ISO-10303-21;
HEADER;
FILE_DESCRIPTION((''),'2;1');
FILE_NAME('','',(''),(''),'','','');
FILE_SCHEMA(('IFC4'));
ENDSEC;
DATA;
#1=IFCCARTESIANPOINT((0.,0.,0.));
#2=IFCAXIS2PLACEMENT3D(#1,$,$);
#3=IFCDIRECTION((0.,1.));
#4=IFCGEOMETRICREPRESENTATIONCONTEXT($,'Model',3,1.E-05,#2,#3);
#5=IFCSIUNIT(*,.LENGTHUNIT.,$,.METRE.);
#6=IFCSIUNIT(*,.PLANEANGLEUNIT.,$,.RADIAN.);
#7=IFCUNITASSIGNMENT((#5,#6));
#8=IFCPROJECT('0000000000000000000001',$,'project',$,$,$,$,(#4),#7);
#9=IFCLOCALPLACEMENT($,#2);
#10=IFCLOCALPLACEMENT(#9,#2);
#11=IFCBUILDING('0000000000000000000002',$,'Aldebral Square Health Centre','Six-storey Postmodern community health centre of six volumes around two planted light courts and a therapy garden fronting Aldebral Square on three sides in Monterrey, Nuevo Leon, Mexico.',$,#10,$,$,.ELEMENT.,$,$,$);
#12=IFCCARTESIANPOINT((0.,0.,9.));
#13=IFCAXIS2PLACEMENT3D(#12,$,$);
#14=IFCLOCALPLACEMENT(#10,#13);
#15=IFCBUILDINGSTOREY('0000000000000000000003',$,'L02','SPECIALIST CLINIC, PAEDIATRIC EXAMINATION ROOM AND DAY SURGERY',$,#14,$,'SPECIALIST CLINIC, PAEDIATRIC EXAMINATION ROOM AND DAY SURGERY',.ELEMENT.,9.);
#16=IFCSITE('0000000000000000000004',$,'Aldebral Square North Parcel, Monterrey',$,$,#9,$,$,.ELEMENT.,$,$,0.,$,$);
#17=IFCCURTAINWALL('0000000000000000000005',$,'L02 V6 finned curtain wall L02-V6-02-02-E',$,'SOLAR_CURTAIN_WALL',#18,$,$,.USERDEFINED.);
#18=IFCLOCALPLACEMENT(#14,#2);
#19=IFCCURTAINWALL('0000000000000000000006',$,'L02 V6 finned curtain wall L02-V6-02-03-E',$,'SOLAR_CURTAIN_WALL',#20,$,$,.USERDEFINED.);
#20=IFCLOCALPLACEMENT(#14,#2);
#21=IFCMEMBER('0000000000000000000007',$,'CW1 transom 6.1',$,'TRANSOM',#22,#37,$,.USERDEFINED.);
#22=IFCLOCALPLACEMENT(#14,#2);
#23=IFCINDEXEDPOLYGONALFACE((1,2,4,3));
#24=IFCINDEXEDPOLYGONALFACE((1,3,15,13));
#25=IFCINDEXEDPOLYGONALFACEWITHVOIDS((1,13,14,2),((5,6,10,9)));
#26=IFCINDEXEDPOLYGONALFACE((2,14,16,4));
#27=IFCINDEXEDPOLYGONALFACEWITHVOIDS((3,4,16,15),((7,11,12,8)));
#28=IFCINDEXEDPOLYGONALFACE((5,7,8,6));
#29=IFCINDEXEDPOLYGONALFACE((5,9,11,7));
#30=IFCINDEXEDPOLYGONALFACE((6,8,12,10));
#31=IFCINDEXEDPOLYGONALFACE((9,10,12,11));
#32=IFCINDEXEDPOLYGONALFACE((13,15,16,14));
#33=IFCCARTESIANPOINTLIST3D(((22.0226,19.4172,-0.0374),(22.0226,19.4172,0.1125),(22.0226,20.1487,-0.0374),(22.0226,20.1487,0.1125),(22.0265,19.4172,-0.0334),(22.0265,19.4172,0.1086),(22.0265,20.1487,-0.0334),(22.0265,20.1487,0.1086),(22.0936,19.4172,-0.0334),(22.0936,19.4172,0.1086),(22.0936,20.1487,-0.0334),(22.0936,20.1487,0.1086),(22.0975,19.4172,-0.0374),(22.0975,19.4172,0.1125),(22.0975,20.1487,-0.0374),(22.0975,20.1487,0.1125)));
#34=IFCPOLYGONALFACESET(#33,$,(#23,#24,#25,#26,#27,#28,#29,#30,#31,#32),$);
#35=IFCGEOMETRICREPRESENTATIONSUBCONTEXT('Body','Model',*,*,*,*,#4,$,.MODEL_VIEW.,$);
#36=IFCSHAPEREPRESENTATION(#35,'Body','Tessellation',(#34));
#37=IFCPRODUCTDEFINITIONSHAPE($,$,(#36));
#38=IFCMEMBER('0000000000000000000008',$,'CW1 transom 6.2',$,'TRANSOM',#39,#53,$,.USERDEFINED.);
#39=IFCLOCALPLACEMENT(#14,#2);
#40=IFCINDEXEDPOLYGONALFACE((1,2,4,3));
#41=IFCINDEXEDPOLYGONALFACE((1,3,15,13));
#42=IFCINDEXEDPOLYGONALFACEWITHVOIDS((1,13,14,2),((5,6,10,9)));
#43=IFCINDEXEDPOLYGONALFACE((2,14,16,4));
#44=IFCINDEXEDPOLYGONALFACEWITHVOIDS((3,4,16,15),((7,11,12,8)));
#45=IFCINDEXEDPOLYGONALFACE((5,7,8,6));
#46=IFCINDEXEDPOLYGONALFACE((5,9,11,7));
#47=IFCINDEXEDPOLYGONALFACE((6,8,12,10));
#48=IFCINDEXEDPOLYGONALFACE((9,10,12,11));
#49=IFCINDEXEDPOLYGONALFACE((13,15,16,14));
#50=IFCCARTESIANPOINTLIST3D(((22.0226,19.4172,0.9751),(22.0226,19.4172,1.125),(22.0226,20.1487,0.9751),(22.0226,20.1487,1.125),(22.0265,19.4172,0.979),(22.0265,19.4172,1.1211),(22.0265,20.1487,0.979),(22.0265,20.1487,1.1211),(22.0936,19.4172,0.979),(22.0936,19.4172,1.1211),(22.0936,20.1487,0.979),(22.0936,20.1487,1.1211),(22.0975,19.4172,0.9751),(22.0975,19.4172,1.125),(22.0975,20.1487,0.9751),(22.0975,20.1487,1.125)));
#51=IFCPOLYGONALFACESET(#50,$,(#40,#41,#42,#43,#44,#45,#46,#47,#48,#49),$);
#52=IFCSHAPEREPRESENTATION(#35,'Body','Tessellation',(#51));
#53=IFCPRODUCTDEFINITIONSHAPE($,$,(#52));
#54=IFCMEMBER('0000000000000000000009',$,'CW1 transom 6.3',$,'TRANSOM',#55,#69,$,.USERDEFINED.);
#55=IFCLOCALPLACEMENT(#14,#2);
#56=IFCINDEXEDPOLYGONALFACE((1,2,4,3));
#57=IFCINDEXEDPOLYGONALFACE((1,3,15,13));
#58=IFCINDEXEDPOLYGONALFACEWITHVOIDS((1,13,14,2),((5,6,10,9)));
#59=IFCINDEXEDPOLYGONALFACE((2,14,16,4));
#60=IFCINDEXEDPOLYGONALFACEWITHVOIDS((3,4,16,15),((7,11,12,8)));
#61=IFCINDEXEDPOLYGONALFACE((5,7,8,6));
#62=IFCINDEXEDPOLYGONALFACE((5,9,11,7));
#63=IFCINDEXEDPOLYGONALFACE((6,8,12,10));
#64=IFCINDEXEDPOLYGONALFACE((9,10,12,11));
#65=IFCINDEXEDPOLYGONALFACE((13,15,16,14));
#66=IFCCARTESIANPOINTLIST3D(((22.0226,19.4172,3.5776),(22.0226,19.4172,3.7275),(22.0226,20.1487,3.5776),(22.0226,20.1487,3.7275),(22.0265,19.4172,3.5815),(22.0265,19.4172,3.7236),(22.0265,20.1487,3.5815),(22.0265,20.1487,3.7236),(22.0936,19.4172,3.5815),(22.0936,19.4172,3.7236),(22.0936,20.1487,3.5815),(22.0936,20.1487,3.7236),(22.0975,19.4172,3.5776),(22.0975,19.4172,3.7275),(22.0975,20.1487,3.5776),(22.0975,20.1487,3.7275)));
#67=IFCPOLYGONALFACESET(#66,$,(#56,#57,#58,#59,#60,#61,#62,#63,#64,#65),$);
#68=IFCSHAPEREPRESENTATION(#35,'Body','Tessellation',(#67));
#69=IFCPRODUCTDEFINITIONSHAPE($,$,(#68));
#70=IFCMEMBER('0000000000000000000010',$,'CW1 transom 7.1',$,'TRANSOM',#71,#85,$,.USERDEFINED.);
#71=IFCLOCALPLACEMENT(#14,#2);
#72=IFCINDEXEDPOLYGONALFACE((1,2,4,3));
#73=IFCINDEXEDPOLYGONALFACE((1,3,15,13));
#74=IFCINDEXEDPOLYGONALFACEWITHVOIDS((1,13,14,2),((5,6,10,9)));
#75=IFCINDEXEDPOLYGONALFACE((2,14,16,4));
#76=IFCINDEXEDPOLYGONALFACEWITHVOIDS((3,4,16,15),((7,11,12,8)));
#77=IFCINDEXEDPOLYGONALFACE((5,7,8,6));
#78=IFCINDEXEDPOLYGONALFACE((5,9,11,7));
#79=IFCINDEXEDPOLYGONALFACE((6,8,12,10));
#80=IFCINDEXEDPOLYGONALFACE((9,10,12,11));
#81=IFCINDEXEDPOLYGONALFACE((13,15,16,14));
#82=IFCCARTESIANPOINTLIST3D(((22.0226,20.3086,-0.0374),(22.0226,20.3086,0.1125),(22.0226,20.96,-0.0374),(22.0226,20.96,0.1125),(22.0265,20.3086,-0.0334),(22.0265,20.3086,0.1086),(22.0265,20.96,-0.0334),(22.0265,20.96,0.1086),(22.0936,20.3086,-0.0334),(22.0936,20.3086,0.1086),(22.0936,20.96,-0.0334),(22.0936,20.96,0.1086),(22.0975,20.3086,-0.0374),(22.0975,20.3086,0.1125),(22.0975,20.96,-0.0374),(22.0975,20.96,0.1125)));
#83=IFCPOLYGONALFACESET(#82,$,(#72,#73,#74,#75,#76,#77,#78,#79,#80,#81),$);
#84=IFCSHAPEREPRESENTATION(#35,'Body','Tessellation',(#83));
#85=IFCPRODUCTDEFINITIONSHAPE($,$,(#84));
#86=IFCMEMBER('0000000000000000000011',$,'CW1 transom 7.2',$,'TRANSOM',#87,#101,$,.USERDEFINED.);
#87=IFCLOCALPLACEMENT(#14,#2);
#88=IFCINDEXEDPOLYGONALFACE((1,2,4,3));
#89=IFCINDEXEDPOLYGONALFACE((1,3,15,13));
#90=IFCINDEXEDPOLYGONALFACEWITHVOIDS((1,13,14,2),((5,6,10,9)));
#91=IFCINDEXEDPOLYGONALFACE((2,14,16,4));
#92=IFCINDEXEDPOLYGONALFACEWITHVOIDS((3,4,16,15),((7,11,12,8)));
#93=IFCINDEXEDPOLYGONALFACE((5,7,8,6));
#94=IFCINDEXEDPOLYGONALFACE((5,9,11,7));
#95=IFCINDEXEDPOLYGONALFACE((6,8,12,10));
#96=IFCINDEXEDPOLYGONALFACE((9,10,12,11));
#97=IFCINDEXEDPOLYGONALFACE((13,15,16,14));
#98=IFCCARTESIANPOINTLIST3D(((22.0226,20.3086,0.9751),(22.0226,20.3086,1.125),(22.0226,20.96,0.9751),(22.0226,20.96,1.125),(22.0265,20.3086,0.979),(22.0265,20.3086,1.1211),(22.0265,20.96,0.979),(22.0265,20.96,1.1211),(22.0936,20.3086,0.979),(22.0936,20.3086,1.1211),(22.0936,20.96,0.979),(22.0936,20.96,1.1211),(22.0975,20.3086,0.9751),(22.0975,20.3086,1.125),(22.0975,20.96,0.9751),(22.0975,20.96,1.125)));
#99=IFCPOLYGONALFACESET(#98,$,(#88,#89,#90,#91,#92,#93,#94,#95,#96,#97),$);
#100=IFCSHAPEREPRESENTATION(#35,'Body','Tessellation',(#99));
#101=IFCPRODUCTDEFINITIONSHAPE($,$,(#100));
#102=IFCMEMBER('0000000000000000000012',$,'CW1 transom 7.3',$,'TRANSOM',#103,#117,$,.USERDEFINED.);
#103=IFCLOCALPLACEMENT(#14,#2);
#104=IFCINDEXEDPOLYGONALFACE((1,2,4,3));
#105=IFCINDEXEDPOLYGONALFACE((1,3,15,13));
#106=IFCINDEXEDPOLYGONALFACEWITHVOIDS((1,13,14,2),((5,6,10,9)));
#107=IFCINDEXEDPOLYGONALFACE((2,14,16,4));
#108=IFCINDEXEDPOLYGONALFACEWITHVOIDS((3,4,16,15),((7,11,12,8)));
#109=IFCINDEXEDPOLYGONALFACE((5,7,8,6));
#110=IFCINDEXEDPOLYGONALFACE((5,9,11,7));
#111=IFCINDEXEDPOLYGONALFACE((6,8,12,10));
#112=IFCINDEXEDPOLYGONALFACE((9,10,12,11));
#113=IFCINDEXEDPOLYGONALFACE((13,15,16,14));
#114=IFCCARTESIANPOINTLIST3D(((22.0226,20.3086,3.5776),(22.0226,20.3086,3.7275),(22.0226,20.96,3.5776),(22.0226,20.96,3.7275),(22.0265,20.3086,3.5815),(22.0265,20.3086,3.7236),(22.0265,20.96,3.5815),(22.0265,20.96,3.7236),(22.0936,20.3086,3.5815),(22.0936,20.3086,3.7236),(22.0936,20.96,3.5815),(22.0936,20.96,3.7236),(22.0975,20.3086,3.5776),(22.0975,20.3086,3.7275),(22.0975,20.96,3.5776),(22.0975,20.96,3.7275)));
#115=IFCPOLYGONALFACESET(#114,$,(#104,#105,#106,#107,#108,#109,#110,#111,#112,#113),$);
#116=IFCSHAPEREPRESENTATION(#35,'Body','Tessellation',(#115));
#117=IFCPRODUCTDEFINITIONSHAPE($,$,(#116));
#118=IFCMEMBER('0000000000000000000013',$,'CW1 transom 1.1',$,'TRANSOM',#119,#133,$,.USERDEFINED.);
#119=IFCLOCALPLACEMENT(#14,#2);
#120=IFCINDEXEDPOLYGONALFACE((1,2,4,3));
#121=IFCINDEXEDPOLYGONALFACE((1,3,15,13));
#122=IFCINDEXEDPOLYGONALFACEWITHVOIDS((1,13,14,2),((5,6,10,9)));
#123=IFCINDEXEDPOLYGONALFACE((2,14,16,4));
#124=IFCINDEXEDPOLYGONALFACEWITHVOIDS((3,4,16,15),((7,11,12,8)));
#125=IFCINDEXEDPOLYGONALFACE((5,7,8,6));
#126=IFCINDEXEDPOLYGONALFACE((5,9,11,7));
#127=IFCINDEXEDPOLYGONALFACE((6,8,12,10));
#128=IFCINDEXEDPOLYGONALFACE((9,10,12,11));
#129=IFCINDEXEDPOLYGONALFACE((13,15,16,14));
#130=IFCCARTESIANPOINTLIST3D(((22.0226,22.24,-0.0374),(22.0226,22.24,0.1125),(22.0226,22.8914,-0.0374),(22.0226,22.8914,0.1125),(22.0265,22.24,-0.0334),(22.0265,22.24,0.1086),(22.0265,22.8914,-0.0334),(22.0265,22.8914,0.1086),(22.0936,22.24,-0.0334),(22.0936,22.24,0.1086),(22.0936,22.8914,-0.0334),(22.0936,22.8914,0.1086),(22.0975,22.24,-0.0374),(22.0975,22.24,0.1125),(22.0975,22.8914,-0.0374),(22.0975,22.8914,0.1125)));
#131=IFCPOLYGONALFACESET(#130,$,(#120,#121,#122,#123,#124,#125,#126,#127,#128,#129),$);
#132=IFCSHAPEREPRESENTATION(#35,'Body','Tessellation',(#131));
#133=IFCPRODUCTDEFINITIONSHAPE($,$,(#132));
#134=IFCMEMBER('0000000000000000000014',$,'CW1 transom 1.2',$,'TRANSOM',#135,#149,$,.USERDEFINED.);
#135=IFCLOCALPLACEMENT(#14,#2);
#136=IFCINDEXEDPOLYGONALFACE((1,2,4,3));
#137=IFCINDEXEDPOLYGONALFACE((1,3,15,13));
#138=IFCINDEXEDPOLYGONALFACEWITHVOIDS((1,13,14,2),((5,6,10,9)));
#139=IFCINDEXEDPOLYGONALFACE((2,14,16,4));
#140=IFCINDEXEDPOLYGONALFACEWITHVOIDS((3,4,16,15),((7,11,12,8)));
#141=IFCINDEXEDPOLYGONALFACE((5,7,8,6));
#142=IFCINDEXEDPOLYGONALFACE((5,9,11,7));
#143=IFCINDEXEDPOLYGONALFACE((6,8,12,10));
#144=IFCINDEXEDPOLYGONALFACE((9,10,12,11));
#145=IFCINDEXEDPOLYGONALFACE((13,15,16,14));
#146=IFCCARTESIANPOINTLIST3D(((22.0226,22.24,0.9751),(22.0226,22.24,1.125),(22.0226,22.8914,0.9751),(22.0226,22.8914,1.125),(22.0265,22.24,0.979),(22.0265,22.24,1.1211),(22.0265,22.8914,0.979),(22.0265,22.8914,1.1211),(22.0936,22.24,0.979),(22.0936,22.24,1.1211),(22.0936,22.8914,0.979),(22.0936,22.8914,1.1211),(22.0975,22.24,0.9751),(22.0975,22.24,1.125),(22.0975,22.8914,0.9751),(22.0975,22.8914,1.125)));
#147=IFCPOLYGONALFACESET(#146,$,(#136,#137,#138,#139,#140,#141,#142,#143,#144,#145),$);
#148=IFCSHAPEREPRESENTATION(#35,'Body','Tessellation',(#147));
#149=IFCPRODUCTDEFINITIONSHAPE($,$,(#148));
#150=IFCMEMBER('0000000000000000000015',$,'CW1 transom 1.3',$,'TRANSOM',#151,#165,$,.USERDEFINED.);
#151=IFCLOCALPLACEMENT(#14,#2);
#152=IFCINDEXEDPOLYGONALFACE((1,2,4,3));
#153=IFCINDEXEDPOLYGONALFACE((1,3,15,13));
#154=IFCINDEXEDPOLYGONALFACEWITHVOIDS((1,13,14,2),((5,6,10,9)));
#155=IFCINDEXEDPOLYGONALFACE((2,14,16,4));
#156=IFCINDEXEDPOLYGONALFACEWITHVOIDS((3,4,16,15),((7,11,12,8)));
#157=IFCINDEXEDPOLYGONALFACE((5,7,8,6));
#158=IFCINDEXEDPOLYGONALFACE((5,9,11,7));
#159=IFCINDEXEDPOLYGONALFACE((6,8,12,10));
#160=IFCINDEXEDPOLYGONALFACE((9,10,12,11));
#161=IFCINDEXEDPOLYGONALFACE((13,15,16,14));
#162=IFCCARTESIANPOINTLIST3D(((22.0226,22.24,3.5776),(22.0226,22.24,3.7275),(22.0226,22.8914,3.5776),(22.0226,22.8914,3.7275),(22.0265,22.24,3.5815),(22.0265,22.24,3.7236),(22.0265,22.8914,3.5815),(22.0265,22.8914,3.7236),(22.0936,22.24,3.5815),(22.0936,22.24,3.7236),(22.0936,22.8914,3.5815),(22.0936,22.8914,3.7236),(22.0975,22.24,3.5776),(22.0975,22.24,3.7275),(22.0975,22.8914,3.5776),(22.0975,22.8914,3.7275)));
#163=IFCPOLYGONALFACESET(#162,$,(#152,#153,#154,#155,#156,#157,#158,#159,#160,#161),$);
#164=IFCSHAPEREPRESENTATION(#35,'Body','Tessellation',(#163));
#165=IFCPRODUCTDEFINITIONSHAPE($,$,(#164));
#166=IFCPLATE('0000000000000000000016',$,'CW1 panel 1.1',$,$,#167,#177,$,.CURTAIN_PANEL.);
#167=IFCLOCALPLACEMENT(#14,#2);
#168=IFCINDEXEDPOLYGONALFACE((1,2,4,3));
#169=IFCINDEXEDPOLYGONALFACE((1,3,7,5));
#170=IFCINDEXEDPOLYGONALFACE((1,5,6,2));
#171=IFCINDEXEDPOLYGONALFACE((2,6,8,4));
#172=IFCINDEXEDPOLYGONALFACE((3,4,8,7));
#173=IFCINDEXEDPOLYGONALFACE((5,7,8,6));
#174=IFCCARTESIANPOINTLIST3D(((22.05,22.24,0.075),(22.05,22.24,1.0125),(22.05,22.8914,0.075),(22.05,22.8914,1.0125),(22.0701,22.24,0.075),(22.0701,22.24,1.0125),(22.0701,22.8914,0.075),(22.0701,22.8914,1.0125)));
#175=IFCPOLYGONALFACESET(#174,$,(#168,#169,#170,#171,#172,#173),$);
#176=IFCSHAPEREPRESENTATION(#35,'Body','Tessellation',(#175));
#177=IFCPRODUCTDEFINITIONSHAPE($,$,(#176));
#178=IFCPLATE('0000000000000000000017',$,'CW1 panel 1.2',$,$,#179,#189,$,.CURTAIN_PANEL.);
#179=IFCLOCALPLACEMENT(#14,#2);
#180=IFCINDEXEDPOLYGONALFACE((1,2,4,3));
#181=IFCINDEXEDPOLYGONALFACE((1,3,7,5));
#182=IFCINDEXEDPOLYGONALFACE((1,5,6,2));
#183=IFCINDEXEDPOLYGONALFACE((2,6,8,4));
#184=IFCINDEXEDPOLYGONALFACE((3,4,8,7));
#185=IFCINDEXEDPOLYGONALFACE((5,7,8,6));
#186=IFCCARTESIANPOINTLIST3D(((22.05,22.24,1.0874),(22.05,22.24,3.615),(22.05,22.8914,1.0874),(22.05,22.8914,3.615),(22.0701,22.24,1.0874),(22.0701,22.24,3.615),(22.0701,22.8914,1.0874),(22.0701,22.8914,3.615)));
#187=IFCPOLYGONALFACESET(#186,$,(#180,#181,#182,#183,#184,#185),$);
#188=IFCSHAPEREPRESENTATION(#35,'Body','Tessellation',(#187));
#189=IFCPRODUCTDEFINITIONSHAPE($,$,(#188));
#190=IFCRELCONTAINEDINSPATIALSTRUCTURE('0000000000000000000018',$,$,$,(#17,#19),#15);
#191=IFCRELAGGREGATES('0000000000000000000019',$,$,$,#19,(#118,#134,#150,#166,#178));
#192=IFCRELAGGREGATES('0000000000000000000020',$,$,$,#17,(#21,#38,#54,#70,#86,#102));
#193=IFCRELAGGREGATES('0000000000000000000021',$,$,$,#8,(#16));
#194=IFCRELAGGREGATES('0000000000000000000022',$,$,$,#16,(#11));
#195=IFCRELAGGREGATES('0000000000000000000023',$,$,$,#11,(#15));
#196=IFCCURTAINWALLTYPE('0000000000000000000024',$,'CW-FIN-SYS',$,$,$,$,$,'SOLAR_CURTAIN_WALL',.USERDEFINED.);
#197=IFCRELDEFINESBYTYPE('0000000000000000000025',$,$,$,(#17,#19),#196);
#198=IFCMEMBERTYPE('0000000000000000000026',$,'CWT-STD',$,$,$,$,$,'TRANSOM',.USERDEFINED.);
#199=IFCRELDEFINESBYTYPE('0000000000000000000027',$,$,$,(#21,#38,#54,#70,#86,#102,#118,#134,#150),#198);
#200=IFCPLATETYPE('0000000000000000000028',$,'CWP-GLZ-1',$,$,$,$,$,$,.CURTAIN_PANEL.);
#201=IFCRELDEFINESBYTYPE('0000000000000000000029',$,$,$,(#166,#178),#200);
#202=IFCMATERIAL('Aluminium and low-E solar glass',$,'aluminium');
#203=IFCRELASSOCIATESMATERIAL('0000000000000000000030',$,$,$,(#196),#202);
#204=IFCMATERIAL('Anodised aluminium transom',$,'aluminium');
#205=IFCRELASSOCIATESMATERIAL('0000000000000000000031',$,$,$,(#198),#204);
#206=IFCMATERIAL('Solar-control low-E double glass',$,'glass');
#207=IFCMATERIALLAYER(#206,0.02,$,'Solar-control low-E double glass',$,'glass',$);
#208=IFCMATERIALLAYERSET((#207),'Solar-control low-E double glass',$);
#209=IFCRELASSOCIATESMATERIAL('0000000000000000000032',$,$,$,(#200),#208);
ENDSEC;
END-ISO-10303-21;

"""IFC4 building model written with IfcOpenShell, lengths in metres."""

from ifc_helpers import new_model, si_unit, direction, frame, origin, origin_2d, place, context, subcontext, project, spatial, rectangle, hollow_rectangle, extrude, material, layer, layer_set, material_profile, profile_set, type_object, element, aggregate, save


model = new_model("IFC4")

# Units and contexts
model_context = context("Model", 3, precision=1e-05, world=origin(), true_north=direction((0.0, 1.0)))
body_context = subcontext(model_context, "Body", "Model", "MODEL_VIEW")
ifc_project = project(units=[si_unit("LENGTHUNIT", "METRE"), si_unit("PLANEANGLEUNIT", "RADIAN")], contexts=[model_context])

# Site, building, storey
site_placement = place(None, origin())
site = spatial("IfcSite", under=ifc_project, at=site_placement, Name="Aldebral Square North Parcel, Monterrey", CompositionType="ELEMENT", RefElevation=0.0)
building_placement = place(site_placement, origin())
building = spatial("IfcBuilding", under=site, at=building_placement, Name="Aldebral Square Health Centre", Description="Six-storey Postmodern community health centre of six volumes around two planted light courts and a therapy garden fronting Aldebral Square on three sides in Monterrey, Nuevo Leon, Mexico.", CompositionType="ELEMENT")
storey_placement = place(building_placement, frame((0.0, 0.0, 9.0)))
storey = spatial("IfcBuildingStorey", under=building, at=storey_placement, Name="L02", Description="SPECIALIST CLINIC, PAEDIATRIC EXAMINATION ROOM AND DAY SURGERY", LongName="SPECIALIST CLINIC, PAEDIATRIC EXAMINATION ROOM AND DAY SURGERY", CompositionType="ELEMENT", Elevation=9.0)

# Curtain walls
ifc_material_1 = material(Name="Aluminium and low-E solar glass", Category="aluminium")
curtain_wall_type = type_object("IfcCurtainWallType", Name="CW-FIN-SYS", ElementType="SOLAR_CURTAIN_WALL", PredefinedType="USERDEFINED", material=ifc_material_1)
curtain_wall_1_placement = place(storey_placement, origin())
curtain_wall_1 = element("IfcCurtainWall", 1, at=curtain_wall_1_placement, inside=storey, type_object=curtain_wall_type, Name="L02 V6 finned curtain wall L02-V6-02-02-E", ObjectType="SOLAR_CURTAIN_WALL", PredefinedType="USERDEFINED")
curtain_wall_2_placement = place(storey_placement, origin())
curtain_wall_2 = element("IfcCurtainWall", 2, at=curtain_wall_2_placement, inside=storey, type_object=curtain_wall_type, Name="L02 V6 finned curtain wall L02-V6-02-03-E", ObjectType="SOLAR_CURTAIN_WALL", PredefinedType="USERDEFINED")

# Members
ifc_material_2 = material(Name="Anodised aluminium transom", Category="aluminium")
ifc_material_profile_1 = material_profile(ifc_material_2, hollow_rectangle(XDim=0.075, YDim=0.1499, WallThickness=0.0039, at=origin_2d()), Name="CWT 75x150x4")
ifc_profile_set_1 = profile_set([ifc_material_profile_1], Name="Anodised aluminium transom")
member_type_1 = type_object("IfcMemberType", Name="CWT-STD", ElementType="TRANSOM", PredefinedType="USERDEFINED", material=ifc_profile_set_1)
member_1_placement = place(storey_placement, frame((22.0601, 19.4172, 0.0376), z_axis=(0.0, 1.0, 0.0), x_axis=(-1.0, 0.0, 0.0)))
member_1 = element("IfcMember", 3, at=member_1_placement, type_object=member_type_1, Name="CW1 transom 6.1", ObjectType="TRANSOM", PredefinedType="USERDEFINED", context=body_context, shape_type="SweptSolid", body=[
    extrude(hollow_rectangle(XDim=0.075, YDim=0.1499, WallThickness=0.0039, at=origin_2d()), origin(), (0.0, 0.0, 1.0), 0.7314),
])
member_2_placement = place(storey_placement, frame((22.0601, 19.4172, 1.05), z_axis=(0.0, 1.0, 0.0), x_axis=(-1.0, 0.0, 0.0)))
member_2 = element("IfcMember", 4, at=member_2_placement, type_object=member_type_1, Name="CW1 transom 6.2", ObjectType="TRANSOM", PredefinedType="USERDEFINED", context=body_context, shape_type="SweptSolid", body=[
    extrude(hollow_rectangle(XDim=0.075, YDim=0.1499, WallThickness=0.0039, at=origin_2d()), origin(), (0.0, 0.0, 1.0), 0.7314),
])
member_3_placement = place(storey_placement, frame((22.0601, 19.4172, 3.6526), z_axis=(0.0, 1.0, 0.0), x_axis=(-1.0, 0.0, 0.0)))
member_3 = element("IfcMember", 5, at=member_3_placement, type_object=member_type_1, Name="CW1 transom 6.3", ObjectType="TRANSOM", PredefinedType="USERDEFINED", context=body_context, shape_type="SweptSolid", body=[
    extrude(hollow_rectangle(XDim=0.075, YDim=0.1499, WallThickness=0.0039, at=origin_2d()), origin(), (0.0, 0.0, 1.0), 0.7314),
])
member_4_placement = place(storey_placement, frame((22.0601, 20.3086, 0.0376), z_axis=(0.0, 1.0, 0.0), x_axis=(-1.0, 0.0, 0.0)))
member_4 = element("IfcMember", 6, at=member_4_placement, type_object=member_type_1, Name="CW1 transom 7.1", ObjectType="TRANSOM", PredefinedType="USERDEFINED", context=body_context, shape_type="SweptSolid", body=[
    extrude(hollow_rectangle(XDim=0.075, YDim=0.1499, WallThickness=0.0039, at=origin_2d()), origin(), (0.0, 0.0, 1.0), 0.6514),
])
member_5_placement = place(storey_placement, frame((22.0601, 20.3086, 1.05), z_axis=(0.0, 1.0, 0.0), x_axis=(-1.0, 0.0, 0.0)))
member_5 = element("IfcMember", 7, at=member_5_placement, type_object=member_type_1, Name="CW1 transom 7.2", ObjectType="TRANSOM", PredefinedType="USERDEFINED", context=body_context, shape_type="SweptSolid", body=[
    extrude(hollow_rectangle(XDim=0.075, YDim=0.1499, WallThickness=0.0039, at=origin_2d()), origin(), (0.0, 0.0, 1.0), 0.6514),
])
member_6_placement = place(storey_placement, frame((22.0601, 20.3086, 3.6526), z_axis=(0.0, 1.0, 0.0), x_axis=(-1.0, 0.0, 0.0)))
member_6 = element("IfcMember", 8, at=member_6_placement, type_object=member_type_1, Name="CW1 transom 7.3", ObjectType="TRANSOM", PredefinedType="USERDEFINED", context=body_context, shape_type="SweptSolid", body=[
    extrude(hollow_rectangle(XDim=0.075, YDim=0.1499, WallThickness=0.0039, at=origin_2d()), origin(), (0.0, 0.0, 1.0), 0.6514),
])
member_7_placement = place(storey_placement, frame((22.0601, 22.24, 0.0376), z_axis=(0.0, 1.0, 0.0), x_axis=(-1.0, 0.0, 0.0)))
member_7 = element("IfcMember", 9, at=member_7_placement, type_object=member_type_1, Name="CW1 transom 1.1", ObjectType="TRANSOM", PredefinedType="USERDEFINED", context=body_context, shape_type="SweptSolid", body=[
    extrude(hollow_rectangle(XDim=0.075, YDim=0.1499, WallThickness=0.0039, at=origin_2d()), origin(), (0.0, 0.0, 1.0), 0.6514),
])
member_8_placement = place(storey_placement, frame((22.0601, 22.24, 1.05), z_axis=(0.0, 1.0, 0.0), x_axis=(-1.0, 0.0, 0.0)))
member_8 = element("IfcMember", 10, at=member_8_placement, type_object=member_type_1, Name="CW1 transom 1.2", ObjectType="TRANSOM", PredefinedType="USERDEFINED", context=body_context, shape_type="SweptSolid", body=[
    extrude(hollow_rectangle(XDim=0.075, YDim=0.1499, WallThickness=0.0039, at=origin_2d()), origin(), (0.0, 0.0, 1.0), 0.6514),
])
member_9_placement = place(storey_placement, frame((22.0601, 22.24, 3.6526), z_axis=(0.0, 1.0, 0.0), x_axis=(-1.0, 0.0, 0.0)))
member_9 = element("IfcMember", 11, at=member_9_placement, type_object=member_type_1, Name="CW1 transom 1.3", ObjectType="TRANSOM", PredefinedType="USERDEFINED", context=body_context, shape_type="SweptSolid", body=[
    extrude(hollow_rectangle(XDim=0.075, YDim=0.1499, WallThickness=0.0039, at=origin_2d()), origin(), (0.0, 0.0, 1.0), 0.6514),
])

# Plates
ifc_material_3 = material(Name="Solar-control low-E double glass", Category="glass")
ifc_layer_1 = layer(ifc_material_3, 0.02, Name="Solar-control low-E double glass", Category="glass")
ifc_layer_set_1 = layer_set([ifc_layer_1], Name="Solar-control low-E double glass")
plate_type_1 = type_object("IfcPlateType", Name="CWP-GLZ-1", PredefinedType="CURTAIN_PANEL", material=ifc_layer_set_1)
plate_1_placement = place(storey_placement, frame((22.0601, 22.5657, 0.075), z_axis=(0.0, 0.0, 1.0), x_axis=(0.0, 1.0, 0.0)))
plate_1 = element("IfcPlate", 12, at=plate_1_placement, type_object=plate_type_1, Name="CW1 panel 1.1", PredefinedType="CURTAIN_PANEL", context=body_context, shape_type="SweptSolid", body=[
    extrude(rectangle(XDim=0.6514, YDim=0.02, at=origin_2d()), origin(), (0.0, 0.0, 1.0), 0.9375),
])
plate_2_placement = place(storey_placement, frame((22.0601, 22.5657, 1.0874), z_axis=(0.0, 0.0, 1.0), x_axis=(0.0, 1.0, 0.0)))
plate_2 = element("IfcPlate", 13, at=plate_2_placement, type_object=plate_type_1, Name="CW1 panel 1.2", PredefinedType="CURTAIN_PANEL", context=body_context, shape_type="SweptSolid", body=[
    extrude(rectangle(XDim=0.6514, YDim=0.02, at=origin_2d()), origin(), (0.0, 0.0, 1.0), 2.5276),
])
aggregate(curtain_wall_2, [member_7, member_8, member_9, plate_1, plate_2])
aggregate(curtain_wall_1, [member_1, member_2, member_3, member_4, member_5, member_6])

save(model, "model.ifc")
